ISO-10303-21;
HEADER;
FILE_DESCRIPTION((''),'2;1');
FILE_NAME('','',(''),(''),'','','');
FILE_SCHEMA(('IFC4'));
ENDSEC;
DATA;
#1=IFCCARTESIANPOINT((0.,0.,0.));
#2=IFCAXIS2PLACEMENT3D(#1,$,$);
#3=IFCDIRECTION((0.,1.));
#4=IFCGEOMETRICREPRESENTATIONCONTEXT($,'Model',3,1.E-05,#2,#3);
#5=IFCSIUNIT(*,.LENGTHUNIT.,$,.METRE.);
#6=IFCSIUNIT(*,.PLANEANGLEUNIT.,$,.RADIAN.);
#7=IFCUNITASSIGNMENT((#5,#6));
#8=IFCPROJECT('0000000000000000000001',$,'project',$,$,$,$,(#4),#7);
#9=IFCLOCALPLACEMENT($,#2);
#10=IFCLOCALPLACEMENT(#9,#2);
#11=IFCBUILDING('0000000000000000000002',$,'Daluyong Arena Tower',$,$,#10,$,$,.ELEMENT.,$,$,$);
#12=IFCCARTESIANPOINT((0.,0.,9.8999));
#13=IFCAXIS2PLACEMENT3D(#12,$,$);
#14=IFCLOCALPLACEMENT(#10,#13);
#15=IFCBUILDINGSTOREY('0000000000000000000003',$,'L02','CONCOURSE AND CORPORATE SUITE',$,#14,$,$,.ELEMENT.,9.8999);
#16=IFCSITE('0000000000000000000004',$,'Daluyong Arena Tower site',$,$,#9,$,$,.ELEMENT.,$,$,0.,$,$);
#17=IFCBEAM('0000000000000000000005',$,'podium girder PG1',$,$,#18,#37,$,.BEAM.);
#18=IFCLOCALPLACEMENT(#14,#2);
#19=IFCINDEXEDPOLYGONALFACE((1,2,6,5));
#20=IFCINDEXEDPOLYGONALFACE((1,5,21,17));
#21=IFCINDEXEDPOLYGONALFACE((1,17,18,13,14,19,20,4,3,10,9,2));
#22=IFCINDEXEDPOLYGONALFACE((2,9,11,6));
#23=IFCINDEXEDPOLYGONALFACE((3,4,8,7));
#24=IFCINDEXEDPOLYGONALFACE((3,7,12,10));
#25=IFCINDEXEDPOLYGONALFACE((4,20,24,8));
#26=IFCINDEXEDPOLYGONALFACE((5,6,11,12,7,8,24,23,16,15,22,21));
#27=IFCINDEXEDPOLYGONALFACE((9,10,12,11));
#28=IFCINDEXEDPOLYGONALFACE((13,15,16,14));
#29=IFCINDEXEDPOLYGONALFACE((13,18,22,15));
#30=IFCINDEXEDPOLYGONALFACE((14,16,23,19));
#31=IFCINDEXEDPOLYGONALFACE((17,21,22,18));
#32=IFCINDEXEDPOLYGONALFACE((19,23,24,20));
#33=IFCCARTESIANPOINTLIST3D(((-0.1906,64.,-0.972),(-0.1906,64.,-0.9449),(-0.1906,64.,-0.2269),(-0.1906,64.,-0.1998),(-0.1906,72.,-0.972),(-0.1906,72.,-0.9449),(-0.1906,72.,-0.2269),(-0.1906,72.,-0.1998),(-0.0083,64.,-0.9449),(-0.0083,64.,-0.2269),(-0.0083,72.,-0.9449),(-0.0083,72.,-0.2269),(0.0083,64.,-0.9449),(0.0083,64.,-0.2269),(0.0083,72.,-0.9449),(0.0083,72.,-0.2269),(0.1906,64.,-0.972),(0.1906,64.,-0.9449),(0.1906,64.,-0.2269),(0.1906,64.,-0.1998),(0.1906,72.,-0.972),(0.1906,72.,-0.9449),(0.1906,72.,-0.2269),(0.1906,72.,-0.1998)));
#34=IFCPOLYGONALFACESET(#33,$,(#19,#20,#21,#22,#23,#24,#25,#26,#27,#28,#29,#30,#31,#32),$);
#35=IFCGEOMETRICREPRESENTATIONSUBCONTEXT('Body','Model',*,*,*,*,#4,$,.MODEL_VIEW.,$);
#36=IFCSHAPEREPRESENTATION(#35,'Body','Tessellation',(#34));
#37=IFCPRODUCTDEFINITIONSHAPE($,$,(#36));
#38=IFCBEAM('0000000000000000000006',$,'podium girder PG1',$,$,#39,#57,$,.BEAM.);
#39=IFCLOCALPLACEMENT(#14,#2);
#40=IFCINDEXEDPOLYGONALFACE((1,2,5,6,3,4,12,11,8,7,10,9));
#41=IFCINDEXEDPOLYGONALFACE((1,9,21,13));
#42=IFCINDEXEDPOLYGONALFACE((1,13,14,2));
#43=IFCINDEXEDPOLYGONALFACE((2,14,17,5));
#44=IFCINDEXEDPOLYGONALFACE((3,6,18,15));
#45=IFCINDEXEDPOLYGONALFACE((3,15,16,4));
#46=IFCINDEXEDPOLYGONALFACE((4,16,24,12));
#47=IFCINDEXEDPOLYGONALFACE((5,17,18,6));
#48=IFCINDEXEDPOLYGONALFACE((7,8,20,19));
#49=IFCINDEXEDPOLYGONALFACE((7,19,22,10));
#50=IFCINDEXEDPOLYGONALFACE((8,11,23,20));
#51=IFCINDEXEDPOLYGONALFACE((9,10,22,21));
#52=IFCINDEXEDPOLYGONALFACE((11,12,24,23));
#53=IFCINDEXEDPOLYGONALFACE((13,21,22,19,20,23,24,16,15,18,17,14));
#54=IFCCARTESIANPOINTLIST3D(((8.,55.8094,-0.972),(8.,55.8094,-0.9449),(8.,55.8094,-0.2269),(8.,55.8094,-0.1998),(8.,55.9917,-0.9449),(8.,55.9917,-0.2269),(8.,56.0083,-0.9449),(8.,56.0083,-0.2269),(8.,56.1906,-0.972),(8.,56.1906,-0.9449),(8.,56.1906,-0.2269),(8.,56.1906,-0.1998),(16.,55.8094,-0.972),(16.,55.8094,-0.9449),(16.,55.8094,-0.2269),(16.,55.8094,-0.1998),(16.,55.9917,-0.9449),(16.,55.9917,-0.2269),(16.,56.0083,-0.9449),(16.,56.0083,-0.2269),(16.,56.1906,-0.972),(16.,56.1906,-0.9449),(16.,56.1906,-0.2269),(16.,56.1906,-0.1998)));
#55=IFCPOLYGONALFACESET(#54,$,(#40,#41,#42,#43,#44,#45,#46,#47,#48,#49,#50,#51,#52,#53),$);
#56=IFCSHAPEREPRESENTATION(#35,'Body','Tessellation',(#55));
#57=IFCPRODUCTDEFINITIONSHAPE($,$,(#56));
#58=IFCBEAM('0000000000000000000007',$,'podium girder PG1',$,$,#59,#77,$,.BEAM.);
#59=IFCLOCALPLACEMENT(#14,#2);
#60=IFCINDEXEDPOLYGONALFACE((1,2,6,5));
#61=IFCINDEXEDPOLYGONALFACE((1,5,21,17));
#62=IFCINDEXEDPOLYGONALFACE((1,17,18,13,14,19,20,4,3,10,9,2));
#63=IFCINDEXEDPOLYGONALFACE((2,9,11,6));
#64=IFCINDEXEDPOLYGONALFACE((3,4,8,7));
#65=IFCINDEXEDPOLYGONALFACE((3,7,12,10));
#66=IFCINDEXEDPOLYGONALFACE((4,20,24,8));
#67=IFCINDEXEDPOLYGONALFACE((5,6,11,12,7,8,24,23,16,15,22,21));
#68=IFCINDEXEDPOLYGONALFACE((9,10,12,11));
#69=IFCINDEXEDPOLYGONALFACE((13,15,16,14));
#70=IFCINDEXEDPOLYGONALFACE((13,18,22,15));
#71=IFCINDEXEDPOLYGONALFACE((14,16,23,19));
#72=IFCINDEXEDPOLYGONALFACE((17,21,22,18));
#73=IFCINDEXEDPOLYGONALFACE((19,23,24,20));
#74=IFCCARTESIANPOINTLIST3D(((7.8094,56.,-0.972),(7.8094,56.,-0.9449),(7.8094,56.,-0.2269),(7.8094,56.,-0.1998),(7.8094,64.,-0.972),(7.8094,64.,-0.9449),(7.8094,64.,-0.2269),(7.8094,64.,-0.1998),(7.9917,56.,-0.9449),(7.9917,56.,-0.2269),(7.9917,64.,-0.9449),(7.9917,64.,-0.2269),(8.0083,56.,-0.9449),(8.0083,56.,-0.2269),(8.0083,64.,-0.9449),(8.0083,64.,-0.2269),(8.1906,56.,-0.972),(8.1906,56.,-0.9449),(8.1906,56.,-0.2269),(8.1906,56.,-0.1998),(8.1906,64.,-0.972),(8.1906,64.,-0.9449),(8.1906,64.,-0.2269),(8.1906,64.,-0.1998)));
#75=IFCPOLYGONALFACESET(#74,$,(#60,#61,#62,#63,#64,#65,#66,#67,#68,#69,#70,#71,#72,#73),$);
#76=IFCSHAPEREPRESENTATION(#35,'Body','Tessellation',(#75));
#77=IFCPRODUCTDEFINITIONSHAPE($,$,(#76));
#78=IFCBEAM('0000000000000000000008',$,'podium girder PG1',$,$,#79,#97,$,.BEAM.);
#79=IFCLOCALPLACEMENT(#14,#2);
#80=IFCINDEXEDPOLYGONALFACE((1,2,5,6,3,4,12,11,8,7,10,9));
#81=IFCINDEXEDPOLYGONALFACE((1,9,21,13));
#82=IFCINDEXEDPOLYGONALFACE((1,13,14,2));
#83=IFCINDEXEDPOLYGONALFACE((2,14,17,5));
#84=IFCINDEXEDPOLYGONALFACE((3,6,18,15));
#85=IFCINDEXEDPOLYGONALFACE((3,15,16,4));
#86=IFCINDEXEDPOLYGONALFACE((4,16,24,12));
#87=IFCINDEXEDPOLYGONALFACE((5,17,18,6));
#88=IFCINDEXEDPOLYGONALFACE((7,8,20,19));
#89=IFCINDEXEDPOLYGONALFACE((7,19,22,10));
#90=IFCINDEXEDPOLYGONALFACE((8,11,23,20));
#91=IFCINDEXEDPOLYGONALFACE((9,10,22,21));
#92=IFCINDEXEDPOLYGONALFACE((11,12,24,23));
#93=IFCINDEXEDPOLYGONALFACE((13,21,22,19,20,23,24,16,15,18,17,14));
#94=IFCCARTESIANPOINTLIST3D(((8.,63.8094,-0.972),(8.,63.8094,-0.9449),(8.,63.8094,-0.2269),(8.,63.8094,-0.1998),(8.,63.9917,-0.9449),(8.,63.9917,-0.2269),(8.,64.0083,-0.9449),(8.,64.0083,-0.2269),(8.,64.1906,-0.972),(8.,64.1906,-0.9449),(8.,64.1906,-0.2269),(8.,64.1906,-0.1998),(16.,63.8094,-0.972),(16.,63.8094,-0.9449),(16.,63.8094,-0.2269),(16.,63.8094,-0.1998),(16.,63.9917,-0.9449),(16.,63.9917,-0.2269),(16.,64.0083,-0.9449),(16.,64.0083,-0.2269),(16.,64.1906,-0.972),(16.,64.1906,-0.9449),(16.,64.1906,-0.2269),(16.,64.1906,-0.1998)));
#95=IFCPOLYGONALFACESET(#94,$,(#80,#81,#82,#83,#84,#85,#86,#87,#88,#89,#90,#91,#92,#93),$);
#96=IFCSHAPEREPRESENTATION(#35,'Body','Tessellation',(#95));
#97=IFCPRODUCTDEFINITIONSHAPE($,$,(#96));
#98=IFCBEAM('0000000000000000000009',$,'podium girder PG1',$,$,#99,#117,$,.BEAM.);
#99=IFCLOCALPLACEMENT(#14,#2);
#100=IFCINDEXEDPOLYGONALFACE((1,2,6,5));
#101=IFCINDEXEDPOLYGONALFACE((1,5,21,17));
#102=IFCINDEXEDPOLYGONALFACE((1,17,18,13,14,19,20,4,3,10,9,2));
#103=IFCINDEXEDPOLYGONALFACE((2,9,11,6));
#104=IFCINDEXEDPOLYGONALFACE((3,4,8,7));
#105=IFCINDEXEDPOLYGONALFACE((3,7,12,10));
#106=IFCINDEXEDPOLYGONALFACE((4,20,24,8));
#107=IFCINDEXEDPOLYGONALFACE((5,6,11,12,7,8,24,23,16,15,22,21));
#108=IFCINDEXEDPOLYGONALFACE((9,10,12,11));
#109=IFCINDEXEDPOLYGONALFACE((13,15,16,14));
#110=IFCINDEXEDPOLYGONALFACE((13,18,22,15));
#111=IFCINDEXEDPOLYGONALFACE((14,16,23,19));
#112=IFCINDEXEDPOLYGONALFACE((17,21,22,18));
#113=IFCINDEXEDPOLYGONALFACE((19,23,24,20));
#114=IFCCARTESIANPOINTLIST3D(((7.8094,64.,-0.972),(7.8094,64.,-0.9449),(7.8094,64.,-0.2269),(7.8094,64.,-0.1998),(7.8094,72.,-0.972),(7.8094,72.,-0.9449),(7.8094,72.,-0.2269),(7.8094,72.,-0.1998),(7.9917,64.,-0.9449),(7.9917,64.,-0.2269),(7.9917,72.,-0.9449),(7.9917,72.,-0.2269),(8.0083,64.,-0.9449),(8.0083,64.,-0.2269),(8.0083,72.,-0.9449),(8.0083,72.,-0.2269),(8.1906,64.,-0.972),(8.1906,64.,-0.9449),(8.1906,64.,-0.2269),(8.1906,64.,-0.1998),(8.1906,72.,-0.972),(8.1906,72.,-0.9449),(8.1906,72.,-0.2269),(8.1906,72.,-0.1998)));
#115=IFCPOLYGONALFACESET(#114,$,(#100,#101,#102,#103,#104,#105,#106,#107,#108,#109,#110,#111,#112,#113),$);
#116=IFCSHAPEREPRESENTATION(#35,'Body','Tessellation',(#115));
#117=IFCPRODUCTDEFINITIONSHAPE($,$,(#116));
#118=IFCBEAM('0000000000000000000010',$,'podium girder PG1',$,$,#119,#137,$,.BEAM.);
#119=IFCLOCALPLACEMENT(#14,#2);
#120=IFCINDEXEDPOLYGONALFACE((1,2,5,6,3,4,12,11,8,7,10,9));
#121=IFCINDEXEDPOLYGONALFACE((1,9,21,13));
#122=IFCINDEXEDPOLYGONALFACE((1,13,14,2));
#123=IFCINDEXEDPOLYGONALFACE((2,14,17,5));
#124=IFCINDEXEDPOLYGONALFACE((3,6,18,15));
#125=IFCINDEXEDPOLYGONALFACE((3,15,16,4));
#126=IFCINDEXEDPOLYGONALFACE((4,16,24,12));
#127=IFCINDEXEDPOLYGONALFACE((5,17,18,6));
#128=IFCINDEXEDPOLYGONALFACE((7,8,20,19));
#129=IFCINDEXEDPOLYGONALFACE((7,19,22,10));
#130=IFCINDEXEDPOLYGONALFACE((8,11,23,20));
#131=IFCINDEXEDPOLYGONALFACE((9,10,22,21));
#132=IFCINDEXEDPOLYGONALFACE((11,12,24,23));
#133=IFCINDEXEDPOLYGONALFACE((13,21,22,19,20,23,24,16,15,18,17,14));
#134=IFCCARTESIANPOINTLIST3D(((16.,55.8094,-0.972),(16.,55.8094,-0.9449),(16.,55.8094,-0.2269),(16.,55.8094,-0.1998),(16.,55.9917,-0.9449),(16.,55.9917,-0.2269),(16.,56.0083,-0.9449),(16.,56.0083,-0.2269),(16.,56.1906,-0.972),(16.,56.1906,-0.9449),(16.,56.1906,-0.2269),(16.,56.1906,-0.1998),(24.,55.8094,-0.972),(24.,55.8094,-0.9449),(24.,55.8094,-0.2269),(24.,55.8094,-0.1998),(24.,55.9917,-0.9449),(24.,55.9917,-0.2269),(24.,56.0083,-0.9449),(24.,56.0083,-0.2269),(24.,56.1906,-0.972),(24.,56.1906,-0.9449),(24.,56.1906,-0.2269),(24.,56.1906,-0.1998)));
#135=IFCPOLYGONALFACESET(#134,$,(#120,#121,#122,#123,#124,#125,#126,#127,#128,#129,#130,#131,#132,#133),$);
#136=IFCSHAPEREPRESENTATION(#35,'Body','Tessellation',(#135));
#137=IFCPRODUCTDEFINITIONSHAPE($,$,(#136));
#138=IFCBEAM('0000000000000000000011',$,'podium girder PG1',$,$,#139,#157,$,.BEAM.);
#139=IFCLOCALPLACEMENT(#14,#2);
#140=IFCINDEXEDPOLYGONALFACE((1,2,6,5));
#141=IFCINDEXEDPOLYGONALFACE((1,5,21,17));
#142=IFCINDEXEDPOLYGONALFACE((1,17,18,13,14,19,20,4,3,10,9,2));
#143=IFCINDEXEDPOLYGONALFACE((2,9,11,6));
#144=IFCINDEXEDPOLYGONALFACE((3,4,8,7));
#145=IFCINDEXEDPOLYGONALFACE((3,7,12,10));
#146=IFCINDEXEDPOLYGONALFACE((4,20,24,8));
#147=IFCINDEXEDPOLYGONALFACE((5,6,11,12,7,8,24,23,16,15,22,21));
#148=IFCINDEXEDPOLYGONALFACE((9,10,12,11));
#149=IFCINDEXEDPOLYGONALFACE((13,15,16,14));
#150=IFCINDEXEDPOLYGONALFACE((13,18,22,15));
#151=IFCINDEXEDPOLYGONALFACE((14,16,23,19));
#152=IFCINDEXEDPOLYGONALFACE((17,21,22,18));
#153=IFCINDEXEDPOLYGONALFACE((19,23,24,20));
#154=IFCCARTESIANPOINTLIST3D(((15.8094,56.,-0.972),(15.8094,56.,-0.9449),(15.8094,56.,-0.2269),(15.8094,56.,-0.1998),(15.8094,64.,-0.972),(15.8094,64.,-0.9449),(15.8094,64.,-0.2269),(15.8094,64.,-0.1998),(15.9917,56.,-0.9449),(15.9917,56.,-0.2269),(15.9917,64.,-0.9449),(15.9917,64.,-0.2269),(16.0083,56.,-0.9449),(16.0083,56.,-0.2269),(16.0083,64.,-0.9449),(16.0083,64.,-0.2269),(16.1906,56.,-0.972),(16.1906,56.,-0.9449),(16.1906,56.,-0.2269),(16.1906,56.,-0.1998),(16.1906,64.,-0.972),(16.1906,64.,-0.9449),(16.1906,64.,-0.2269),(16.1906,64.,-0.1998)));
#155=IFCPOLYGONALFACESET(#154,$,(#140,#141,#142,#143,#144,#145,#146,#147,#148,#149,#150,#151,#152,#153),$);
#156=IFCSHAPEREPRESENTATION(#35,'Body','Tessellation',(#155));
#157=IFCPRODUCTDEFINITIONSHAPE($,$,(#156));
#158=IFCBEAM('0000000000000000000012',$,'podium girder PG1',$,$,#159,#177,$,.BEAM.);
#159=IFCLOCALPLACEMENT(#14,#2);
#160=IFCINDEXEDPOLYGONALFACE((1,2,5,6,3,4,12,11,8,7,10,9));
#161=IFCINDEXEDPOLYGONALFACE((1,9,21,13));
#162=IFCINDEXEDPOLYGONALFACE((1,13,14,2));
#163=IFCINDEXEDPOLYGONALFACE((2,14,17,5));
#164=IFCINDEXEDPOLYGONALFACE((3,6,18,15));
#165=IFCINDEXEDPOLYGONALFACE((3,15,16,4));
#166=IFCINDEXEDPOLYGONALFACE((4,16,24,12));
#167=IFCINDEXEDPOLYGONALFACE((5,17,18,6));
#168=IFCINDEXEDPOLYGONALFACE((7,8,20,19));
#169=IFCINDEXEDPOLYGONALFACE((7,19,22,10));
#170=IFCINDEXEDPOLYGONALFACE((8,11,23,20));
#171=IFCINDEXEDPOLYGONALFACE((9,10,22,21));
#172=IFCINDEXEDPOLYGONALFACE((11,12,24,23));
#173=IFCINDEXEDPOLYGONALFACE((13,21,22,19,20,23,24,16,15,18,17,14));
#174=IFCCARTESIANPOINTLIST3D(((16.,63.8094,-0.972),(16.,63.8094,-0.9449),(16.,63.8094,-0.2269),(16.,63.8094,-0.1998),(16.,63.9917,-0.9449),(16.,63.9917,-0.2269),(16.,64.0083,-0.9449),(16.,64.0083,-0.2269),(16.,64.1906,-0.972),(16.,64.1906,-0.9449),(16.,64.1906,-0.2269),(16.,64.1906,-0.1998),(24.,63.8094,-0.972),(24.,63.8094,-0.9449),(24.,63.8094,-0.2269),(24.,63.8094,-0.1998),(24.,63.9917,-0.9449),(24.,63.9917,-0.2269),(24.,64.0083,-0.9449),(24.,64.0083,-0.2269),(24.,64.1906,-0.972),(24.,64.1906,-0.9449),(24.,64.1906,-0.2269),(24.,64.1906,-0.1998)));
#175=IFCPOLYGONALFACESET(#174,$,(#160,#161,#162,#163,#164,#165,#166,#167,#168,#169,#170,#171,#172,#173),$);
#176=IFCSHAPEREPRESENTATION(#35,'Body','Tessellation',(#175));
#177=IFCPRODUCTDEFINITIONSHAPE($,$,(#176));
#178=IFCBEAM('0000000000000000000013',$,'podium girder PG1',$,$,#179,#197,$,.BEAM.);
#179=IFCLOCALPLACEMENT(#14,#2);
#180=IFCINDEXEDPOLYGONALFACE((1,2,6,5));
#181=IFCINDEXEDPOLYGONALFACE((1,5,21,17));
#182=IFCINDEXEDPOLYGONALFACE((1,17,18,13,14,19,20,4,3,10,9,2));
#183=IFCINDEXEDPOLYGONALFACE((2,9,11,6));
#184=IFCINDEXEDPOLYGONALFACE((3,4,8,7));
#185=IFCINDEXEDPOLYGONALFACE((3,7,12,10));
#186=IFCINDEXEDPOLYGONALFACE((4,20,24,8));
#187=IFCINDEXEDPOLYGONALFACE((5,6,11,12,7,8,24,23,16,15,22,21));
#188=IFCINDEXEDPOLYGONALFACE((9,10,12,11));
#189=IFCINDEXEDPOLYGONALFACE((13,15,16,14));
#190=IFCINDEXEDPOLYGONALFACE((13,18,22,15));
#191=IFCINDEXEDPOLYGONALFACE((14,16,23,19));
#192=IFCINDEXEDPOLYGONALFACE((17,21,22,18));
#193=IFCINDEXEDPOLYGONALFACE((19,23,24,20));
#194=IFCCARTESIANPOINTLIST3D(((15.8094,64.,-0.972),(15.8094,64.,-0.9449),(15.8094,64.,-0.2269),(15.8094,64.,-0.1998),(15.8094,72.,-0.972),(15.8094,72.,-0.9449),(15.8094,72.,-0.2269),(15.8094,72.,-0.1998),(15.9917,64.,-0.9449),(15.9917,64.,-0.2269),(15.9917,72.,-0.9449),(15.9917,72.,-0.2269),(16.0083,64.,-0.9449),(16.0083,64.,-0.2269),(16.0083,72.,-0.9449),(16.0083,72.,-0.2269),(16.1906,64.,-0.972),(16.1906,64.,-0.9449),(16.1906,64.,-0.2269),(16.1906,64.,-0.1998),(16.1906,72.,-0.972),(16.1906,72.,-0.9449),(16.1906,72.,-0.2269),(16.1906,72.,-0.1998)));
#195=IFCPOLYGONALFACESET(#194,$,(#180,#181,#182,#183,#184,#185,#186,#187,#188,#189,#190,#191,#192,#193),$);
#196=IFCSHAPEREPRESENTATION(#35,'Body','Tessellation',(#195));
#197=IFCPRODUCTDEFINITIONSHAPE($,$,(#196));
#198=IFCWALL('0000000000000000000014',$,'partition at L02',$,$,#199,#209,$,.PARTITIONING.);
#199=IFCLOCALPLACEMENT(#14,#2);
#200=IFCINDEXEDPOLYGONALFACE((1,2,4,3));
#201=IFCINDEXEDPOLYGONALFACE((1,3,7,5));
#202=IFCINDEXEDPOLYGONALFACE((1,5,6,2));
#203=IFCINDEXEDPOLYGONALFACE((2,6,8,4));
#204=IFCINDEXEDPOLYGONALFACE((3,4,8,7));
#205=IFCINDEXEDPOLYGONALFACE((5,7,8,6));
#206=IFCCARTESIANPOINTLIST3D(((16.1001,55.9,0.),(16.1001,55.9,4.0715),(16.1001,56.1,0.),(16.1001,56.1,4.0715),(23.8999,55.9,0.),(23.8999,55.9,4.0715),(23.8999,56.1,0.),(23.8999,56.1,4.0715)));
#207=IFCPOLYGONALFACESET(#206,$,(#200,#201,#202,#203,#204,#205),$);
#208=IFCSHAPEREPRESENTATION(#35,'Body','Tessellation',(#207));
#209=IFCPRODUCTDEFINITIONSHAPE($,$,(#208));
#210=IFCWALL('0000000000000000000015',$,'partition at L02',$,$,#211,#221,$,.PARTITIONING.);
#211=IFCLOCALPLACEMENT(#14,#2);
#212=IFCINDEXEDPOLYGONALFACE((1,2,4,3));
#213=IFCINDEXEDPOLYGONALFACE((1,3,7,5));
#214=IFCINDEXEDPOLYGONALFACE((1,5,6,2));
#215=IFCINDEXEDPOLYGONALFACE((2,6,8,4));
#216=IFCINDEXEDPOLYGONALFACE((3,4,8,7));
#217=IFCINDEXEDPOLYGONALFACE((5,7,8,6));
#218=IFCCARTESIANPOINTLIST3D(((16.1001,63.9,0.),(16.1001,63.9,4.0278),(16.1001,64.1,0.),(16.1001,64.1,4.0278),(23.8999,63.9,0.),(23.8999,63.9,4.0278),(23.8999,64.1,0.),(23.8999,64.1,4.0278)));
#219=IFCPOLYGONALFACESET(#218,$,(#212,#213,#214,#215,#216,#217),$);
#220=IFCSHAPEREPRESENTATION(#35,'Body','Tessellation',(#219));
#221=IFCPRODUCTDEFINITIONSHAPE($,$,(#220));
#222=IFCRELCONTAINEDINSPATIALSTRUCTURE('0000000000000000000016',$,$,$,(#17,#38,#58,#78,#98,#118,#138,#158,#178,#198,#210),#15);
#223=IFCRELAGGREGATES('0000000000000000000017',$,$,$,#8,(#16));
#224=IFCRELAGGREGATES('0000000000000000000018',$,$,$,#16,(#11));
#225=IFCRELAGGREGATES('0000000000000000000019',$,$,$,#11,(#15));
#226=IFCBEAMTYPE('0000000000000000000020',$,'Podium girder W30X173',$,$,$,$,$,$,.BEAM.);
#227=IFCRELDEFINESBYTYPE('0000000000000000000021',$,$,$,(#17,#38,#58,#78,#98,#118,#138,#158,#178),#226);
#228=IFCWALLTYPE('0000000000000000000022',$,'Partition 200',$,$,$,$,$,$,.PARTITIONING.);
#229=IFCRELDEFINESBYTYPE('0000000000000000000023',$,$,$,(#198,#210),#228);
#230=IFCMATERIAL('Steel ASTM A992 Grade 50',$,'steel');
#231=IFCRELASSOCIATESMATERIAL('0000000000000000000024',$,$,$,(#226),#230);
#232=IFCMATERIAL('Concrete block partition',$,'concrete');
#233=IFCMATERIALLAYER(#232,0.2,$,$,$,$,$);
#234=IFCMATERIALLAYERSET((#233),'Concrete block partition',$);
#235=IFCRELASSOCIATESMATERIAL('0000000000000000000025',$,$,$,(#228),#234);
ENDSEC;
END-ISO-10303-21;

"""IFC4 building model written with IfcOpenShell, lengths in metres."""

from ifc_helpers import new_model, si_unit, direction, frame, frame_2d, origin, origin_2d, place, context, subcontext, project, spatial, rectangle, i_section, extrude, material, layer, layer_set, material_profile, profile_set, type_object, element, save


model = new_model("IFC4")

# Units and contexts
model_context = context("Model", 3, precision=1e-05, world=origin(), true_north=direction((0.0, 1.0)))
body_context = subcontext(model_context, "Body", "Model", "MODEL_VIEW")
ifc_project = project(units=[si_unit("LENGTHUNIT", "METRE"), si_unit("PLANEANGLEUNIT", "RADIAN")], contexts=[model_context])

# Site, building, storey
site_placement = place(None, origin())
site = spatial("IfcSite", under=ifc_project, at=site_placement, Name="Daluyong Arena Tower site", CompositionType="ELEMENT", RefElevation=0.0)
building_placement = place(site_placement, origin())
building = spatial("IfcBuilding", under=site, at=building_placement, Name="Daluyong Arena Tower", CompositionType="ELEMENT")
storey_placement = place(building_placement, frame((0.0, 0.0, 9.8999)))
storey = spatial("IfcBuildingStorey", under=building, at=storey_placement, Name="L02", Description="CONCOURSE AND CORPORATE SUITE", CompositionType="ELEMENT", Elevation=9.8999)

# Beams
ifc_material_1 = material(Name="Steel ASTM A992 Grade 50", Category="steel")
ifc_material_profile_1 = material_profile(ifc_material_1, i_section(OverallWidth=0.3811, OverallDepth=0.7722, WebThickness=0.0166, FlangeThickness=0.0271, at=origin_2d()))
ifc_profile_set_1 = profile_set([ifc_material_profile_1], Name="Steel ASTM A992 Grade 50")
beam_type_1 = type_object("IfcBeamType", Name="Podium girder W30X173", PredefinedType="BEAM", material=ifc_profile_set_1)
for number, where, z_axis, x_axis, name in (
    (1, (0.0, 64.0, -0.5859), (0.0, 1.0, 0.0), (-1.0, 0.0, 0.0), "podium girder PG1"),
    (2, (8.0, 56.0, -0.5859), (1.0, 0.0, 0.0), (0.0, 1.0, 0.0), "podium girder PG1"),
    (3, (8.0, 56.0, -0.5859), (0.0, 1.0, 0.0), (-1.0, 0.0, 0.0), "podium girder PG1"),
    (4, (8.0, 64.0, -0.5859), (1.0, 0.0, 0.0), (0.0, 1.0, 0.0), "podium girder PG1"),
    (5, (8.0, 64.0, -0.5859), (0.0, 1.0, 0.0), (-1.0, 0.0, 0.0), "podium girder PG1"),
    (6, (16.0, 56.0, -0.5859), (1.0, 0.0, 0.0), (0.0, 1.0, 0.0), "podium girder PG1"),
    (7, (16.0, 56.0, -0.5859), (0.0, 1.0, 0.0), (-1.0, 0.0, 0.0), "podium girder PG1"),
    (8, (16.0, 64.0, -0.5859), (1.0, 0.0, 0.0), (0.0, 1.0, 0.0), "podium girder PG1"),
    (9, (16.0, 64.0, -0.5859), (0.0, 1.0, 0.0), (-1.0, 0.0, 0.0), "podium girder PG1"),
):
    element("IfcBeam", number, at=place(storey_placement, frame(where, z_axis=z_axis, x_axis=x_axis)), inside=storey, type_object=beam_type_1, Name=name, PredefinedType="BEAM", context=body_context, shape_type="SweptSolid", body=[
        extrude(i_section(OverallWidth=0.3811, OverallDepth=0.7722, WebThickness=0.0166, FlangeThickness=0.0271, at=origin_2d()), origin(), (0.0, 0.0, 1.0), 8.0),
    ])

# Walls
ifc_material_2 = material(Name="Concrete block partition", Category="concrete")
ifc_layer_1 = layer(ifc_material_2, 0.2)
ifc_layer_set_1 = layer_set([ifc_layer_1], Name="Concrete block partition")
wall_type_1 = type_object("IfcWallType", Name="Partition 200", PredefinedType="PARTITIONING", material=ifc_layer_set_1)
wall_1_placement = place(storey_placement, frame((16.1001, 56.0, 0.0), z_axis=(0.0, 0.0, 1.0), x_axis=(1.0, 0.0, 0.0)))
element("IfcWall", 10, at=wall_1_placement, inside=storey, type_object=wall_type_1, Name="partition at L02", PredefinedType="PARTITIONING", context=body_context, shape_type="SweptSolid", body=[
    extrude(rectangle(XDim=7.7998, YDim=0.2, at=frame_2d((3.8999, 0.0))), origin(), (0.0, 0.0, 1.0), 4.0715),
])
wall_2_placement = place(storey_placement, frame((16.1001, 64.0, 0.0), z_axis=(0.0, 0.0, 1.0), x_axis=(1.0, 0.0, 0.0)))
element("IfcWall", 11, at=wall_2_placement, inside=storey, type_object=wall_type_1, Name="partition at L02", PredefinedType="PARTITIONING", context=body_context, shape_type="SweptSolid", body=[
    extrude(rectangle(XDim=7.7998, YDim=0.2, at=frame_2d((3.8999, 0.0))), origin(), (0.0, 0.0, 1.0), 4.0278),
])

save(model, "model.ifc")
